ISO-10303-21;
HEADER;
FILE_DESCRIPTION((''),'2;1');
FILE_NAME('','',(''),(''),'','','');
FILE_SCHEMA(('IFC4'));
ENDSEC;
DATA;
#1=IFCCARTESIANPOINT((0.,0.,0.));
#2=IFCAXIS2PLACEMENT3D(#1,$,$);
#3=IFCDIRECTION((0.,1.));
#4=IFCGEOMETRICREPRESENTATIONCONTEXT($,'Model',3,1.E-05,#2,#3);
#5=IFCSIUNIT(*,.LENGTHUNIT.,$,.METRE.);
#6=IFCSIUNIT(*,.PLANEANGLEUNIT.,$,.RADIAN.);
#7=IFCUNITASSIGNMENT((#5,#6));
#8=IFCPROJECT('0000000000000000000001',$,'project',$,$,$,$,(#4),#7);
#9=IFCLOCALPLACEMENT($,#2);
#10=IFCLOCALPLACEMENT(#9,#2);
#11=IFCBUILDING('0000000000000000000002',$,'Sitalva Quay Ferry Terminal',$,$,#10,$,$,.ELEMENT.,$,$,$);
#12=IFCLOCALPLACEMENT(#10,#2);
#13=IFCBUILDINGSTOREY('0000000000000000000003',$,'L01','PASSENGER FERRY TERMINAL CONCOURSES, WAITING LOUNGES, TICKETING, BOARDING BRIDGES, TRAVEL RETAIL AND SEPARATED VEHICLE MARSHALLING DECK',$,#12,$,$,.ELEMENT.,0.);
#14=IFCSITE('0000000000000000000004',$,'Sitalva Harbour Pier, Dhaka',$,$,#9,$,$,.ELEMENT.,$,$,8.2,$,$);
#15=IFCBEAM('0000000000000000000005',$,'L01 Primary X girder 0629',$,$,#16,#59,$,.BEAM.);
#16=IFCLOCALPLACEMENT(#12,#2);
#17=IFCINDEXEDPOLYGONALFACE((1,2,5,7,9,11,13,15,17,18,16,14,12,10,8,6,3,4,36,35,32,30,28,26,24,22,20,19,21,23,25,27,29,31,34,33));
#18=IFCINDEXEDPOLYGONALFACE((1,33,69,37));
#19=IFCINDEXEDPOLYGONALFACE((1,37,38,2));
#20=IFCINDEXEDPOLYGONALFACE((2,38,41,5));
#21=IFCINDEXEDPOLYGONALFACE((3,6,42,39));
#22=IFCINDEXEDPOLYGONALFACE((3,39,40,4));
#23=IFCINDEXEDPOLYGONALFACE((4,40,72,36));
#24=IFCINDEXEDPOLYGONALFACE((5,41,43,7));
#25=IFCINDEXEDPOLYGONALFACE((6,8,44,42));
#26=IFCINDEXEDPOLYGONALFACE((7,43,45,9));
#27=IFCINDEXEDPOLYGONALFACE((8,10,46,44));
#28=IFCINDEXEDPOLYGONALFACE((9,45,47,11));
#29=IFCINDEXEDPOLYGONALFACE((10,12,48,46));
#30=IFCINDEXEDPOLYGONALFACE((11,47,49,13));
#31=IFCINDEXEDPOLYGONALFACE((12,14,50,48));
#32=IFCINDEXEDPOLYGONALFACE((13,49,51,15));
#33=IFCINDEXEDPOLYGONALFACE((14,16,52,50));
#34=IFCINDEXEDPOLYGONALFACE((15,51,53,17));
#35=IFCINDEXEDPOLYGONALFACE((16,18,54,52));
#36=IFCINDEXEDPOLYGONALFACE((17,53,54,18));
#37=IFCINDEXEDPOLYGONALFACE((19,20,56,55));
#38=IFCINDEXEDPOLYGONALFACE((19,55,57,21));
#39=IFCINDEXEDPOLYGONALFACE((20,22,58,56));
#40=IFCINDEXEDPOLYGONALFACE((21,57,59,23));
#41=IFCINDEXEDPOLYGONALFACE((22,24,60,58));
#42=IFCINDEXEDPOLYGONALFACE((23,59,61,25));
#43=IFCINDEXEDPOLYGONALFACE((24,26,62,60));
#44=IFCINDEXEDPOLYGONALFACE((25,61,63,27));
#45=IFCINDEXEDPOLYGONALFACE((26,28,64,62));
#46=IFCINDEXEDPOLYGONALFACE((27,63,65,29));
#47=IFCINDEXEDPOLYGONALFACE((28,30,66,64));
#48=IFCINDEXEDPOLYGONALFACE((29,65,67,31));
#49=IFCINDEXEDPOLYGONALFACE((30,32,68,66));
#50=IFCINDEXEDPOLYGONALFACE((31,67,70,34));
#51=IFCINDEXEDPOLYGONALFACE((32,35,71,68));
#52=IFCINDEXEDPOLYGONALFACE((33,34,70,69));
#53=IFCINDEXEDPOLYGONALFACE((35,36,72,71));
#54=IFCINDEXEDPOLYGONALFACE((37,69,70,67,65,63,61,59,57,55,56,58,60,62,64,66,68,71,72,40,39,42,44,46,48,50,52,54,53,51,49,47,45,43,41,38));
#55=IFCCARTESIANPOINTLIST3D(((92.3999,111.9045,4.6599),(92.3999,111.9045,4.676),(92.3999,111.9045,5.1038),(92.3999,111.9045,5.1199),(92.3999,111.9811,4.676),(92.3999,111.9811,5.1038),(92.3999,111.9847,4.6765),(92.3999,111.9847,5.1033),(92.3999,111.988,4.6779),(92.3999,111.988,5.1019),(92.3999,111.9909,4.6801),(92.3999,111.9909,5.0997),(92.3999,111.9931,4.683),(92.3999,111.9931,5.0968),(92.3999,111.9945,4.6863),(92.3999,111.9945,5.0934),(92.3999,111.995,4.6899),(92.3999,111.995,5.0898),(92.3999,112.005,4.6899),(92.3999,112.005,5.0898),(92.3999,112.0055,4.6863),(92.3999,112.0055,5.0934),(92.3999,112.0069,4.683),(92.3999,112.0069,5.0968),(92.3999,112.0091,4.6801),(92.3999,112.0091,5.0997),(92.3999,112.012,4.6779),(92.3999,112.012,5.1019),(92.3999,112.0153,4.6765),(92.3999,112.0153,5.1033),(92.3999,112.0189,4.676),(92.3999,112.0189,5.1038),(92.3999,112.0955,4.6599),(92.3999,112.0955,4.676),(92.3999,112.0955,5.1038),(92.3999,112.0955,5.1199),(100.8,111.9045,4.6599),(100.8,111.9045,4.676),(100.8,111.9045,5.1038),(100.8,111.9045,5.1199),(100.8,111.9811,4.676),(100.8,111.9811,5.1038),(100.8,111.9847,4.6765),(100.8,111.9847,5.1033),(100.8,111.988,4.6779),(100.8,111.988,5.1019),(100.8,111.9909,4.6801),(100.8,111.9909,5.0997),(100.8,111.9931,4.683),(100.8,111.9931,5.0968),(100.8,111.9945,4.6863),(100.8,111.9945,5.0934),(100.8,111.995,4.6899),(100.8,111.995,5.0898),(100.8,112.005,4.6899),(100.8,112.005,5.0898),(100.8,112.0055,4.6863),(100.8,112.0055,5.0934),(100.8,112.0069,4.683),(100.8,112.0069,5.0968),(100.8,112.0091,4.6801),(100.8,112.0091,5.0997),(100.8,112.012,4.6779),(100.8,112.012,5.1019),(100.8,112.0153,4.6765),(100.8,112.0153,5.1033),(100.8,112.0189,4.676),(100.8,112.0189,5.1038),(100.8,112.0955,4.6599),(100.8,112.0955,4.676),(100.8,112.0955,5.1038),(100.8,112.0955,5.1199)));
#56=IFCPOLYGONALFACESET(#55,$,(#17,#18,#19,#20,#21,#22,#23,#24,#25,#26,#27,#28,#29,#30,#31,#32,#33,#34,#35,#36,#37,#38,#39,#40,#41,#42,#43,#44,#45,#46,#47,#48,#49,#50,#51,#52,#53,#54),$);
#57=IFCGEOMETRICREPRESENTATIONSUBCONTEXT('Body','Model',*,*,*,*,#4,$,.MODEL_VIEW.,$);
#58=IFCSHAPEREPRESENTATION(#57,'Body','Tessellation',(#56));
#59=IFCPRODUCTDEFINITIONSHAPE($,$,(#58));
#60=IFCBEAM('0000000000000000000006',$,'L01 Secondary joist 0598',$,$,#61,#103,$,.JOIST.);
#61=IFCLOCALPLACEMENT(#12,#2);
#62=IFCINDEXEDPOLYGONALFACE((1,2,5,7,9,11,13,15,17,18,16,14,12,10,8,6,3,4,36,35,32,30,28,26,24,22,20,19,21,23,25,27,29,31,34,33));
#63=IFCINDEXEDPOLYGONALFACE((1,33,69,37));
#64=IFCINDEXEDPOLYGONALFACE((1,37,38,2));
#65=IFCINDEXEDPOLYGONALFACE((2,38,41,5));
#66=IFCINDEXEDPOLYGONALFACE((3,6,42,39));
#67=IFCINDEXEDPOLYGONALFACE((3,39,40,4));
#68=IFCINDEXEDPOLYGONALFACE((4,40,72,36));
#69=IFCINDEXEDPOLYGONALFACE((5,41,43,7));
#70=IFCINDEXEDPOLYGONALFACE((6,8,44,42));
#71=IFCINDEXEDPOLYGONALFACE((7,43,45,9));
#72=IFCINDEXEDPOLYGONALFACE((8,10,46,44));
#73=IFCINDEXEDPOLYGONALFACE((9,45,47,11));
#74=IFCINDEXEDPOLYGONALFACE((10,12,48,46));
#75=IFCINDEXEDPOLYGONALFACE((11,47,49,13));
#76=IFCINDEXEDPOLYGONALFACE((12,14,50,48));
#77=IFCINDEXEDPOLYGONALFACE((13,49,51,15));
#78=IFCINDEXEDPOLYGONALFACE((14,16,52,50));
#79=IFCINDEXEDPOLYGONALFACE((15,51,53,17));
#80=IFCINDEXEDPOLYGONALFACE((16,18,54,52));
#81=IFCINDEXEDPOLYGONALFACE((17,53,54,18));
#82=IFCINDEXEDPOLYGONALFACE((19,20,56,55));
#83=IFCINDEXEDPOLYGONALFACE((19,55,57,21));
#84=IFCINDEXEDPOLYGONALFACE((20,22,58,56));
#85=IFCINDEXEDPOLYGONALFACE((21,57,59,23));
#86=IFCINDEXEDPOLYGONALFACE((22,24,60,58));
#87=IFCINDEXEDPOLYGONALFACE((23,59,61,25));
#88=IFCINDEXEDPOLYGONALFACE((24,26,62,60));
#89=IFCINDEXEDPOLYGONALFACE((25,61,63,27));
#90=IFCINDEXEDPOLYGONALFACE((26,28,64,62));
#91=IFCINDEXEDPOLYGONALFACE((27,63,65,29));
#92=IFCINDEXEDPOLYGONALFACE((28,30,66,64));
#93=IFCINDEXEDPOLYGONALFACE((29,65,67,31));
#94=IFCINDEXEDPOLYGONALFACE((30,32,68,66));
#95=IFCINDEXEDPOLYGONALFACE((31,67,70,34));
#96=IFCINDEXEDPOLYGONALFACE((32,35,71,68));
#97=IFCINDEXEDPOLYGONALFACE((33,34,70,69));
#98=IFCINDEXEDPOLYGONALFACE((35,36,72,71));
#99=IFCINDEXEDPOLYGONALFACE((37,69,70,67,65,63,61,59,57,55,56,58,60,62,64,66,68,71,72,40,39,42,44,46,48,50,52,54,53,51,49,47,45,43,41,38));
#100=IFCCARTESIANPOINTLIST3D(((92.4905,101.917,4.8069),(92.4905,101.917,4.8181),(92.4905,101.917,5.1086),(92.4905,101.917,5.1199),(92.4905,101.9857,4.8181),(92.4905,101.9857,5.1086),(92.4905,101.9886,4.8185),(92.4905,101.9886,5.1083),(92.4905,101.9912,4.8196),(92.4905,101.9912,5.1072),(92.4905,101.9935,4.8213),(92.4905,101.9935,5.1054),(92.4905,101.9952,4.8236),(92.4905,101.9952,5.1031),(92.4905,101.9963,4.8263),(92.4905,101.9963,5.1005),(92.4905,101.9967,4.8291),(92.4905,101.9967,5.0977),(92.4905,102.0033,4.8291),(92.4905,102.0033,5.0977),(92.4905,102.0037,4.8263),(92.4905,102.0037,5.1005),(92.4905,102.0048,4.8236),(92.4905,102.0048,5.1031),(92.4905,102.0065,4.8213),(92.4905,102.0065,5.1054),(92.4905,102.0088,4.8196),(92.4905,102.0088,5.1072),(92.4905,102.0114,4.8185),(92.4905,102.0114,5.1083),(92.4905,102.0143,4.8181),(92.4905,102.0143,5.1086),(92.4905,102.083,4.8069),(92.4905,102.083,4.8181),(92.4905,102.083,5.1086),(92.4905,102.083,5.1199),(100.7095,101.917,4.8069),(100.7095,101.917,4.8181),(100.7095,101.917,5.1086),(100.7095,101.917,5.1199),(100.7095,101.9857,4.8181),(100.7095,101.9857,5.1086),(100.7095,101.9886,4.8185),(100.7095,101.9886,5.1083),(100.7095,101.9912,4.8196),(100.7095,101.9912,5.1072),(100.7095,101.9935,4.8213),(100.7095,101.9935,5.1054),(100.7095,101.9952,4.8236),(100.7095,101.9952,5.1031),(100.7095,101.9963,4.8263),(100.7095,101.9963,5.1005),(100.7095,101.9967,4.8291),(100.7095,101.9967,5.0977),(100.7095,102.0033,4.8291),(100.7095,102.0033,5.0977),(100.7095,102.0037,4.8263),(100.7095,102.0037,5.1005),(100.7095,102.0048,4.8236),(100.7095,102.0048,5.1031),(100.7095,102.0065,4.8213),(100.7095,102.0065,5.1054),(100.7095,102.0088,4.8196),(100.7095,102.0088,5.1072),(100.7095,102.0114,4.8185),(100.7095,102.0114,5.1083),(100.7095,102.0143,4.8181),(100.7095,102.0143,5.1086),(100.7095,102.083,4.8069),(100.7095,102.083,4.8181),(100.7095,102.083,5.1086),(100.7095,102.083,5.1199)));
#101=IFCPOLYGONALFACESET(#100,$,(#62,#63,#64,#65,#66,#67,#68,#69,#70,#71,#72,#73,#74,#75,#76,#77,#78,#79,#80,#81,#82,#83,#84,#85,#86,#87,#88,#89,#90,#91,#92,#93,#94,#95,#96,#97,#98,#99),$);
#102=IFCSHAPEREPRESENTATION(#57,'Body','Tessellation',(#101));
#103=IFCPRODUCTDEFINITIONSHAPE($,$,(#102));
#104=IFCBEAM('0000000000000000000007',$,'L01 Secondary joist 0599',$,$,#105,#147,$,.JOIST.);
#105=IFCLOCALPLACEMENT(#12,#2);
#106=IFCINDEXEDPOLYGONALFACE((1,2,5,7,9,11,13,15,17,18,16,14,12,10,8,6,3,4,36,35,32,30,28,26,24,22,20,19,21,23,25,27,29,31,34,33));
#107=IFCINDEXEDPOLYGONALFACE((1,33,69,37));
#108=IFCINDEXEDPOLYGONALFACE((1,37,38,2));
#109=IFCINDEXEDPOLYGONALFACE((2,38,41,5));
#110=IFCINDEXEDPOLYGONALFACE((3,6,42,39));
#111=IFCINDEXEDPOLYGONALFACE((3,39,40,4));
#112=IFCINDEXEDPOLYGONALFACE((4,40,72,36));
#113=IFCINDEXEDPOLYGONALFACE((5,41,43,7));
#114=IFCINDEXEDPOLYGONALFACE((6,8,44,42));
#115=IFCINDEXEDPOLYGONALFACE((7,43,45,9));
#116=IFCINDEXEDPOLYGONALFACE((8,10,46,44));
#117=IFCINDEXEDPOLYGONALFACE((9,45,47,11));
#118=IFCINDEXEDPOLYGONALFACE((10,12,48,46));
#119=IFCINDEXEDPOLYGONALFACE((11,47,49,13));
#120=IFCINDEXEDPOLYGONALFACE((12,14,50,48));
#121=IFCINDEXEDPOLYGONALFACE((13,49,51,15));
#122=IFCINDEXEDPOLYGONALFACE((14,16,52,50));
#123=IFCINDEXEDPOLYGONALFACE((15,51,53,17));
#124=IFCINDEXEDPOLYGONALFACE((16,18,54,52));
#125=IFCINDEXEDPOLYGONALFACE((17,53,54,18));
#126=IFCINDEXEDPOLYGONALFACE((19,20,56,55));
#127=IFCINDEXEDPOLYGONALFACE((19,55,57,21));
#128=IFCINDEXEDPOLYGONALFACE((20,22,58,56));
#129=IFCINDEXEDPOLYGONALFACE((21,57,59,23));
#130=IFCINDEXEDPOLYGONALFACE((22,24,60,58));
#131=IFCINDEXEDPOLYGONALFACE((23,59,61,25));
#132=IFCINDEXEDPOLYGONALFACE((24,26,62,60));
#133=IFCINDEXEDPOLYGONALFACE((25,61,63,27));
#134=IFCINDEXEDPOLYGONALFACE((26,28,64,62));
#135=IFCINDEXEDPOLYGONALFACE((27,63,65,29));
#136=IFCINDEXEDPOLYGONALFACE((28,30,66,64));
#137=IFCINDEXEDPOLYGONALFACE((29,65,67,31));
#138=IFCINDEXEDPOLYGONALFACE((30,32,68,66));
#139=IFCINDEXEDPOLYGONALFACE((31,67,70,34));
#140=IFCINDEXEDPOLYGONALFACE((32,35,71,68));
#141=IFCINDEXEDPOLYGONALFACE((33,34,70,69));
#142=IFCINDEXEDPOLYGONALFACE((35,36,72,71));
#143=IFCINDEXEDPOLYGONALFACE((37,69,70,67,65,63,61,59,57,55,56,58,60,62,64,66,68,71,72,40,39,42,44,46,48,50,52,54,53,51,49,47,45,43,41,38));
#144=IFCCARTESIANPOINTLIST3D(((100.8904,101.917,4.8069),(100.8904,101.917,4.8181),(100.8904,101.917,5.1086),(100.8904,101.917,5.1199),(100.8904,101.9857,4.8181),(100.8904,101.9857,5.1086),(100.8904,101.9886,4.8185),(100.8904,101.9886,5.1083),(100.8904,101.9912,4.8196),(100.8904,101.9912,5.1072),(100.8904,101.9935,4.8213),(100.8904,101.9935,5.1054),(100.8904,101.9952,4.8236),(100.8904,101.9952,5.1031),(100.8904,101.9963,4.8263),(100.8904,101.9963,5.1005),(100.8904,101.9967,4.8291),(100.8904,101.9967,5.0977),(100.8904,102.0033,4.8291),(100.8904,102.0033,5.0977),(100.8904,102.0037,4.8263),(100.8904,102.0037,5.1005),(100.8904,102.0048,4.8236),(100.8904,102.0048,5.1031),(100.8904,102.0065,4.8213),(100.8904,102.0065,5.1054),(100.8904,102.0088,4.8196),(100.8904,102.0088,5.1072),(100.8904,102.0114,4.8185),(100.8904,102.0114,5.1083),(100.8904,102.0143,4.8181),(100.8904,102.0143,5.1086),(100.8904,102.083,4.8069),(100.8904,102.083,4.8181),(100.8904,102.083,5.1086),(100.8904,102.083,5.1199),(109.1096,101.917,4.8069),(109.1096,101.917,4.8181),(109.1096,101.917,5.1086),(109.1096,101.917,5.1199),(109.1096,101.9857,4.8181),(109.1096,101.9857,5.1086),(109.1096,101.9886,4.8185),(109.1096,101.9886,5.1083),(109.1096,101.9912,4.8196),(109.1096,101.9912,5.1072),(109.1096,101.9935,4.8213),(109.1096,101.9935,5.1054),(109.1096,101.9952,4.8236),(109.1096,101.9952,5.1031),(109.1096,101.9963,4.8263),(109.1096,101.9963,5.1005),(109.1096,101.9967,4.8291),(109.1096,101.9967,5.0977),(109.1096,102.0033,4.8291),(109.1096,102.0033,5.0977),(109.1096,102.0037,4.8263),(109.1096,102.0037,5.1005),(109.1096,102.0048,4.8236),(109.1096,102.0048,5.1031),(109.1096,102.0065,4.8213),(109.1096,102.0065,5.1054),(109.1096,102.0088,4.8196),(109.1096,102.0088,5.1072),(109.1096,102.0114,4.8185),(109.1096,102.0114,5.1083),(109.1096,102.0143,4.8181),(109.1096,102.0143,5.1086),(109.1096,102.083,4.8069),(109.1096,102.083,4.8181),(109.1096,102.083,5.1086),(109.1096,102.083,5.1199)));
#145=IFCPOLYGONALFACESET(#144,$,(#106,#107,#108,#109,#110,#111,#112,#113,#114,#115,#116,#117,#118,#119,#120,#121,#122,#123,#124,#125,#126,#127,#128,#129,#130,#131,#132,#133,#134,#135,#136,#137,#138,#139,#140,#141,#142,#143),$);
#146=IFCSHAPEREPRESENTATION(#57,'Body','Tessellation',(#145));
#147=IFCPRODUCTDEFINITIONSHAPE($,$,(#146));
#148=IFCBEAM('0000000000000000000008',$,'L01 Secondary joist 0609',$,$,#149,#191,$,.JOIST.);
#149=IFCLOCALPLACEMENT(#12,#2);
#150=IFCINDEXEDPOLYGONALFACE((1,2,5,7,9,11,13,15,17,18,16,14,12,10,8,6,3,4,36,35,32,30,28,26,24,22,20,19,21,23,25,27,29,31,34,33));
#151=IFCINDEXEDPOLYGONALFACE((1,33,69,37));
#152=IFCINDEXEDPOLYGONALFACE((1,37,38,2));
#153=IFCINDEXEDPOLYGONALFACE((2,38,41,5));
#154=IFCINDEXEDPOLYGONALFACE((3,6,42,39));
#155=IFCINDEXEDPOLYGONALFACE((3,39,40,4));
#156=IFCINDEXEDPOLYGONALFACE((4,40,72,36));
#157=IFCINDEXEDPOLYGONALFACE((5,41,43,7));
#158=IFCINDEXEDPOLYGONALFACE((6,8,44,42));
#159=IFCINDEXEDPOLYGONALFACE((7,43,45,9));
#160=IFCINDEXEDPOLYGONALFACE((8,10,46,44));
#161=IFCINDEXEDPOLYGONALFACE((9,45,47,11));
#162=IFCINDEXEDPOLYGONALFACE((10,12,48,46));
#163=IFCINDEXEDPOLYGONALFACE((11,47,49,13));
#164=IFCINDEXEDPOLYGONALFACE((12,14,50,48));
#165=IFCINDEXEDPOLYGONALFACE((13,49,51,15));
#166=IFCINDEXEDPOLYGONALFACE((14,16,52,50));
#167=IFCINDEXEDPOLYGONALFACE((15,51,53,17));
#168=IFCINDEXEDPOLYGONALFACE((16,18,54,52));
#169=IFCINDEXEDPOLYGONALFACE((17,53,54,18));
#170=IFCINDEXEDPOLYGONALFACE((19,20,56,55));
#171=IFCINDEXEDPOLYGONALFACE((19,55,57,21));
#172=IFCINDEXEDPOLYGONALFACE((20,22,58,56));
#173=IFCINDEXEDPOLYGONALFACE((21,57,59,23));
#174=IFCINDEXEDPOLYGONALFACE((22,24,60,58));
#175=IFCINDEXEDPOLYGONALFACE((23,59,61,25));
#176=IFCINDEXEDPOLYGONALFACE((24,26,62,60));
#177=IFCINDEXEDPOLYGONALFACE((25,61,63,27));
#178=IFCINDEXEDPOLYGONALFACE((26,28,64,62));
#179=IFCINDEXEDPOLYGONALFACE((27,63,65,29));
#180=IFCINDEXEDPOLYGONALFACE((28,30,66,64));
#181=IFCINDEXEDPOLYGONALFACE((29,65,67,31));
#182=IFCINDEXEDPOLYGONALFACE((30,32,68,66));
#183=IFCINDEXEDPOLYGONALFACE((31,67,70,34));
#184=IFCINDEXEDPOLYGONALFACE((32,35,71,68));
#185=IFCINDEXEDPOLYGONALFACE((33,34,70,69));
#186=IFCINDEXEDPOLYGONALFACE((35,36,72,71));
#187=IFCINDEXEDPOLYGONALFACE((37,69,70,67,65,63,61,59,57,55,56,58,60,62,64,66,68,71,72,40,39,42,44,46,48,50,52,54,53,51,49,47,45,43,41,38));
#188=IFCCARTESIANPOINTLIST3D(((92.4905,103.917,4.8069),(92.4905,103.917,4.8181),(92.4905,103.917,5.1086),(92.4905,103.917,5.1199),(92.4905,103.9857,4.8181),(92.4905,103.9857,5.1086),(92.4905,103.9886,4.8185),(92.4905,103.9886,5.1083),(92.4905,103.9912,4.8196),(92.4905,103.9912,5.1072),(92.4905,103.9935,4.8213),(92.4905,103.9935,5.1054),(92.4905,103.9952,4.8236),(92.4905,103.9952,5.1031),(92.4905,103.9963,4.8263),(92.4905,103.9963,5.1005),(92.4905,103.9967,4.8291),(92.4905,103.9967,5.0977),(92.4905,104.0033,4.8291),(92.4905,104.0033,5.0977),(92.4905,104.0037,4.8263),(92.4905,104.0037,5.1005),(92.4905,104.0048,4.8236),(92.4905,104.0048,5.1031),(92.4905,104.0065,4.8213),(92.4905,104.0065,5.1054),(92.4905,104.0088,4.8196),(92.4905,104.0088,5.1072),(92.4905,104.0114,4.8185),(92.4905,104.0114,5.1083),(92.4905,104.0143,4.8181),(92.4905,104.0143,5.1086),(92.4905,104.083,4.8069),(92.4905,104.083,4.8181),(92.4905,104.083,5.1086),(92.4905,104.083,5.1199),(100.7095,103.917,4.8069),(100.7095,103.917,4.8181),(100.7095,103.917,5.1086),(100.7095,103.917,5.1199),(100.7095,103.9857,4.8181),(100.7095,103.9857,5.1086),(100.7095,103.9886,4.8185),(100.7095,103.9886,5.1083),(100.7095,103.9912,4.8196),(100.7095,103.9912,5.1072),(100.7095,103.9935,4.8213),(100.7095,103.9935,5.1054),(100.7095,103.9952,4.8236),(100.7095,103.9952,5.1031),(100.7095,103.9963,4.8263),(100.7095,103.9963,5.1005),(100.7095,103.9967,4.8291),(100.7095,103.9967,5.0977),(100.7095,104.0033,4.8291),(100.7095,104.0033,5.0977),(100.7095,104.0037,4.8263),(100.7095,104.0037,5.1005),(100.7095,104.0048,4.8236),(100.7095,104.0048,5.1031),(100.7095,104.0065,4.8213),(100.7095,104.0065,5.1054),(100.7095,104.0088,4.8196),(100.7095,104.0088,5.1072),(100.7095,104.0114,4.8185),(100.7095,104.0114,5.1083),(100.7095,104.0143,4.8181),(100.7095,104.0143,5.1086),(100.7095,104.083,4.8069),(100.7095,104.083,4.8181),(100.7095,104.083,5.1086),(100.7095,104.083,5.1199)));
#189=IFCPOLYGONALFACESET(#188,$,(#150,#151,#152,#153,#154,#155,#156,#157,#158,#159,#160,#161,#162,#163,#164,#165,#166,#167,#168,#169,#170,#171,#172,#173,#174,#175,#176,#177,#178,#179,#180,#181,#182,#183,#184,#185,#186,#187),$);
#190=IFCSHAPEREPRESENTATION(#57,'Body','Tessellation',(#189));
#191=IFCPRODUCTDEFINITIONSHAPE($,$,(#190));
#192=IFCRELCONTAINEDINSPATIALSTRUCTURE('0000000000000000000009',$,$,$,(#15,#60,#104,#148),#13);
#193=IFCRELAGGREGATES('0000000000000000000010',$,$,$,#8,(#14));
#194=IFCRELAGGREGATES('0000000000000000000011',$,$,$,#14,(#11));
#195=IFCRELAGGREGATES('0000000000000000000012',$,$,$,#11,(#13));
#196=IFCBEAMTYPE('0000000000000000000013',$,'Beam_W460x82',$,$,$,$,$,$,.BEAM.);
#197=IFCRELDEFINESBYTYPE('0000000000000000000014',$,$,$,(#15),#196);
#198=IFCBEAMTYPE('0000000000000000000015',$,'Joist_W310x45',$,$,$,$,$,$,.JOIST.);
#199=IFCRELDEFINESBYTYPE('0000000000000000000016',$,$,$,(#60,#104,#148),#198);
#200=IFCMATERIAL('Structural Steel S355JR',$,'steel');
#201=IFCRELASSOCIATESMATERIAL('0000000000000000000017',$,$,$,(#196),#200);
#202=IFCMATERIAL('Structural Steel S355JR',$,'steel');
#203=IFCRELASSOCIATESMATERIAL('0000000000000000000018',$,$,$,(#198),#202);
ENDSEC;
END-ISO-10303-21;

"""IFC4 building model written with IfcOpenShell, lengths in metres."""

from ifc_helpers import new_model, si_unit, direction, frame, origin, origin_2d, place, context, subcontext, project, spatial, i_section, extrude, material, material_profile, profile_set, type_object, element, save


model = new_model("IFC4")

# Units and contexts
model_context = context("Model", 3, precision=1e-05, world=origin(), true_north=direction((0.0, 1.0)))
body_context = subcontext(model_context, "Body", "Model", "MODEL_VIEW")
ifc_project = project(units=[si_unit("LENGTHUNIT", "METRE"), si_unit("PLANEANGLEUNIT", "RADIAN")], contexts=[model_context])

# Site, building, storey
site_placement = place(None, origin())
site = spatial("IfcSite", under=ifc_project, at=site_placement, Name="Sitalva Harbour Pier, Dhaka", CompositionType="ELEMENT", RefElevation=8.2)
building_placement = place(site_placement, origin())
building = spatial("IfcBuilding", under=site, at=building_placement, Name="Sitalva Quay Ferry Terminal", CompositionType="ELEMENT")
storey_placement = place(building_placement, origin())
storey = spatial("IfcBuildingStorey", under=building, at=storey_placement, Name="L01", Description="PASSENGER FERRY TERMINAL CONCOURSES, WAITING LOUNGES, TICKETING, BOARDING BRIDGES, TRAVEL RETAIL AND SEPARATED VEHICLE MARSHALLING DECK", CompositionType="ELEMENT", Elevation=0.0)

# Beams
ifc_material_1 = material(Name="Structural Steel S355JR", Category="steel")
ifc_material_profile_1 = material_profile(ifc_material_1, i_section(OverallWidth=0.1909, OverallDepth=0.46, WebThickness=0.01, FlangeThickness=0.0161, FilletRadius=0.0139, at=origin_2d()), Name="W460x82")
ifc_profile_set_1 = profile_set([ifc_material_profile_1], Name="Structural Steel S355JR")
beam_type_1 = type_object("IfcBeamType", Name="Beam_W460x82", PredefinedType="BEAM", material=ifc_profile_set_1)
beam_1_placement = place(storey_placement, frame((92.3999, 112.0, 4.8899), z_axis=(1.0, 0.0, 0.0), x_axis=(0.0, 1.0, 0.0)))
element("IfcBeam", 1, at=beam_1_placement, inside=storey, type_object=beam_type_1, Name="L01 Primary X girder 0629", PredefinedType="BEAM", context=body_context, shape_type="SweptSolid", body=[
    extrude(i_section(OverallWidth=0.1909, OverallDepth=0.46, WebThickness=0.01, FlangeThickness=0.0161, FilletRadius=0.0139, at=origin_2d()), origin(), (0.0, 0.0, 1.0), 8.4001),
])
ifc_material_2 = material(Name="Structural Steel S355JR", Category="steel")
ifc_material_profile_2 = material_profile(ifc_material_2, i_section(OverallWidth=0.166, OverallDepth=0.313, WebThickness=0.0066, FlangeThickness=0.0112, FilletRadius=0.011, at=origin_2d()), Name="W310x45")
ifc_profile_set_2 = profile_set([ifc_material_profile_2], Name="Structural Steel S355JR")
beam_type_2 = type_object("IfcBeamType", Name="Joist_W310x45", PredefinedType="JOIST", material=ifc_profile_set_2)
beam_2_placement = place(storey_placement, frame((92.4905, 102.0, 4.9634), z_axis=(1.0, 0.0, 0.0), x_axis=(0.0, 1.0, 0.0)))
element("IfcBeam", 2, at=beam_2_placement, inside=storey, type_object=beam_type_2, Name="L01 Secondary joist 0598", PredefinedType="JOIST", context=body_context, shape_type="SweptSolid", body=[
    extrude(i_section(OverallWidth=0.166, OverallDepth=0.313, WebThickness=0.0066, FlangeThickness=0.0112, FilletRadius=0.011, at=origin_2d()), origin(), (0.0, 0.0, 1.0), 8.219),
])
beam_3_placement = place(storey_placement, frame((100.8904, 102.0, 4.9634), z_axis=(1.0, 0.0, 0.0), x_axis=(0.0, 1.0, 0.0)))
element("IfcBeam", 3, at=beam_3_placement, inside=storey, type_object=beam_type_2, Name="L01 Secondary joist 0599", PredefinedType="JOIST", context=body_context, shape_type="SweptSolid", body=[
    extrude(i_section(OverallWidth=0.166, OverallDepth=0.313, WebThickness=0.0066, FlangeThickness=0.0112, FilletRadius=0.011, at=origin_2d()), origin(), (0.0, 0.0, 1.0), 8.2192),
])
beam_4_placement = place(storey_placement, frame((92.4905, 104.0, 4.9634), z_axis=(1.0, 0.0, 0.0), x_axis=(0.0, 1.0, 0.0)))
element("IfcBeam", 4, at=beam_4_placement, inside=storey, type_object=beam_type_2, Name="L01 Secondary joist 0609", PredefinedType="JOIST", context=body_context, shape_type="SweptSolid", body=[
    extrude(i_section(OverallWidth=0.166, OverallDepth=0.313, WebThickness=0.0066, FlangeThickness=0.0112, FilletRadius=0.011, at=origin_2d()), origin(), (0.0, 0.0, 1.0), 8.219),
])

save(model, "model.ifc")
